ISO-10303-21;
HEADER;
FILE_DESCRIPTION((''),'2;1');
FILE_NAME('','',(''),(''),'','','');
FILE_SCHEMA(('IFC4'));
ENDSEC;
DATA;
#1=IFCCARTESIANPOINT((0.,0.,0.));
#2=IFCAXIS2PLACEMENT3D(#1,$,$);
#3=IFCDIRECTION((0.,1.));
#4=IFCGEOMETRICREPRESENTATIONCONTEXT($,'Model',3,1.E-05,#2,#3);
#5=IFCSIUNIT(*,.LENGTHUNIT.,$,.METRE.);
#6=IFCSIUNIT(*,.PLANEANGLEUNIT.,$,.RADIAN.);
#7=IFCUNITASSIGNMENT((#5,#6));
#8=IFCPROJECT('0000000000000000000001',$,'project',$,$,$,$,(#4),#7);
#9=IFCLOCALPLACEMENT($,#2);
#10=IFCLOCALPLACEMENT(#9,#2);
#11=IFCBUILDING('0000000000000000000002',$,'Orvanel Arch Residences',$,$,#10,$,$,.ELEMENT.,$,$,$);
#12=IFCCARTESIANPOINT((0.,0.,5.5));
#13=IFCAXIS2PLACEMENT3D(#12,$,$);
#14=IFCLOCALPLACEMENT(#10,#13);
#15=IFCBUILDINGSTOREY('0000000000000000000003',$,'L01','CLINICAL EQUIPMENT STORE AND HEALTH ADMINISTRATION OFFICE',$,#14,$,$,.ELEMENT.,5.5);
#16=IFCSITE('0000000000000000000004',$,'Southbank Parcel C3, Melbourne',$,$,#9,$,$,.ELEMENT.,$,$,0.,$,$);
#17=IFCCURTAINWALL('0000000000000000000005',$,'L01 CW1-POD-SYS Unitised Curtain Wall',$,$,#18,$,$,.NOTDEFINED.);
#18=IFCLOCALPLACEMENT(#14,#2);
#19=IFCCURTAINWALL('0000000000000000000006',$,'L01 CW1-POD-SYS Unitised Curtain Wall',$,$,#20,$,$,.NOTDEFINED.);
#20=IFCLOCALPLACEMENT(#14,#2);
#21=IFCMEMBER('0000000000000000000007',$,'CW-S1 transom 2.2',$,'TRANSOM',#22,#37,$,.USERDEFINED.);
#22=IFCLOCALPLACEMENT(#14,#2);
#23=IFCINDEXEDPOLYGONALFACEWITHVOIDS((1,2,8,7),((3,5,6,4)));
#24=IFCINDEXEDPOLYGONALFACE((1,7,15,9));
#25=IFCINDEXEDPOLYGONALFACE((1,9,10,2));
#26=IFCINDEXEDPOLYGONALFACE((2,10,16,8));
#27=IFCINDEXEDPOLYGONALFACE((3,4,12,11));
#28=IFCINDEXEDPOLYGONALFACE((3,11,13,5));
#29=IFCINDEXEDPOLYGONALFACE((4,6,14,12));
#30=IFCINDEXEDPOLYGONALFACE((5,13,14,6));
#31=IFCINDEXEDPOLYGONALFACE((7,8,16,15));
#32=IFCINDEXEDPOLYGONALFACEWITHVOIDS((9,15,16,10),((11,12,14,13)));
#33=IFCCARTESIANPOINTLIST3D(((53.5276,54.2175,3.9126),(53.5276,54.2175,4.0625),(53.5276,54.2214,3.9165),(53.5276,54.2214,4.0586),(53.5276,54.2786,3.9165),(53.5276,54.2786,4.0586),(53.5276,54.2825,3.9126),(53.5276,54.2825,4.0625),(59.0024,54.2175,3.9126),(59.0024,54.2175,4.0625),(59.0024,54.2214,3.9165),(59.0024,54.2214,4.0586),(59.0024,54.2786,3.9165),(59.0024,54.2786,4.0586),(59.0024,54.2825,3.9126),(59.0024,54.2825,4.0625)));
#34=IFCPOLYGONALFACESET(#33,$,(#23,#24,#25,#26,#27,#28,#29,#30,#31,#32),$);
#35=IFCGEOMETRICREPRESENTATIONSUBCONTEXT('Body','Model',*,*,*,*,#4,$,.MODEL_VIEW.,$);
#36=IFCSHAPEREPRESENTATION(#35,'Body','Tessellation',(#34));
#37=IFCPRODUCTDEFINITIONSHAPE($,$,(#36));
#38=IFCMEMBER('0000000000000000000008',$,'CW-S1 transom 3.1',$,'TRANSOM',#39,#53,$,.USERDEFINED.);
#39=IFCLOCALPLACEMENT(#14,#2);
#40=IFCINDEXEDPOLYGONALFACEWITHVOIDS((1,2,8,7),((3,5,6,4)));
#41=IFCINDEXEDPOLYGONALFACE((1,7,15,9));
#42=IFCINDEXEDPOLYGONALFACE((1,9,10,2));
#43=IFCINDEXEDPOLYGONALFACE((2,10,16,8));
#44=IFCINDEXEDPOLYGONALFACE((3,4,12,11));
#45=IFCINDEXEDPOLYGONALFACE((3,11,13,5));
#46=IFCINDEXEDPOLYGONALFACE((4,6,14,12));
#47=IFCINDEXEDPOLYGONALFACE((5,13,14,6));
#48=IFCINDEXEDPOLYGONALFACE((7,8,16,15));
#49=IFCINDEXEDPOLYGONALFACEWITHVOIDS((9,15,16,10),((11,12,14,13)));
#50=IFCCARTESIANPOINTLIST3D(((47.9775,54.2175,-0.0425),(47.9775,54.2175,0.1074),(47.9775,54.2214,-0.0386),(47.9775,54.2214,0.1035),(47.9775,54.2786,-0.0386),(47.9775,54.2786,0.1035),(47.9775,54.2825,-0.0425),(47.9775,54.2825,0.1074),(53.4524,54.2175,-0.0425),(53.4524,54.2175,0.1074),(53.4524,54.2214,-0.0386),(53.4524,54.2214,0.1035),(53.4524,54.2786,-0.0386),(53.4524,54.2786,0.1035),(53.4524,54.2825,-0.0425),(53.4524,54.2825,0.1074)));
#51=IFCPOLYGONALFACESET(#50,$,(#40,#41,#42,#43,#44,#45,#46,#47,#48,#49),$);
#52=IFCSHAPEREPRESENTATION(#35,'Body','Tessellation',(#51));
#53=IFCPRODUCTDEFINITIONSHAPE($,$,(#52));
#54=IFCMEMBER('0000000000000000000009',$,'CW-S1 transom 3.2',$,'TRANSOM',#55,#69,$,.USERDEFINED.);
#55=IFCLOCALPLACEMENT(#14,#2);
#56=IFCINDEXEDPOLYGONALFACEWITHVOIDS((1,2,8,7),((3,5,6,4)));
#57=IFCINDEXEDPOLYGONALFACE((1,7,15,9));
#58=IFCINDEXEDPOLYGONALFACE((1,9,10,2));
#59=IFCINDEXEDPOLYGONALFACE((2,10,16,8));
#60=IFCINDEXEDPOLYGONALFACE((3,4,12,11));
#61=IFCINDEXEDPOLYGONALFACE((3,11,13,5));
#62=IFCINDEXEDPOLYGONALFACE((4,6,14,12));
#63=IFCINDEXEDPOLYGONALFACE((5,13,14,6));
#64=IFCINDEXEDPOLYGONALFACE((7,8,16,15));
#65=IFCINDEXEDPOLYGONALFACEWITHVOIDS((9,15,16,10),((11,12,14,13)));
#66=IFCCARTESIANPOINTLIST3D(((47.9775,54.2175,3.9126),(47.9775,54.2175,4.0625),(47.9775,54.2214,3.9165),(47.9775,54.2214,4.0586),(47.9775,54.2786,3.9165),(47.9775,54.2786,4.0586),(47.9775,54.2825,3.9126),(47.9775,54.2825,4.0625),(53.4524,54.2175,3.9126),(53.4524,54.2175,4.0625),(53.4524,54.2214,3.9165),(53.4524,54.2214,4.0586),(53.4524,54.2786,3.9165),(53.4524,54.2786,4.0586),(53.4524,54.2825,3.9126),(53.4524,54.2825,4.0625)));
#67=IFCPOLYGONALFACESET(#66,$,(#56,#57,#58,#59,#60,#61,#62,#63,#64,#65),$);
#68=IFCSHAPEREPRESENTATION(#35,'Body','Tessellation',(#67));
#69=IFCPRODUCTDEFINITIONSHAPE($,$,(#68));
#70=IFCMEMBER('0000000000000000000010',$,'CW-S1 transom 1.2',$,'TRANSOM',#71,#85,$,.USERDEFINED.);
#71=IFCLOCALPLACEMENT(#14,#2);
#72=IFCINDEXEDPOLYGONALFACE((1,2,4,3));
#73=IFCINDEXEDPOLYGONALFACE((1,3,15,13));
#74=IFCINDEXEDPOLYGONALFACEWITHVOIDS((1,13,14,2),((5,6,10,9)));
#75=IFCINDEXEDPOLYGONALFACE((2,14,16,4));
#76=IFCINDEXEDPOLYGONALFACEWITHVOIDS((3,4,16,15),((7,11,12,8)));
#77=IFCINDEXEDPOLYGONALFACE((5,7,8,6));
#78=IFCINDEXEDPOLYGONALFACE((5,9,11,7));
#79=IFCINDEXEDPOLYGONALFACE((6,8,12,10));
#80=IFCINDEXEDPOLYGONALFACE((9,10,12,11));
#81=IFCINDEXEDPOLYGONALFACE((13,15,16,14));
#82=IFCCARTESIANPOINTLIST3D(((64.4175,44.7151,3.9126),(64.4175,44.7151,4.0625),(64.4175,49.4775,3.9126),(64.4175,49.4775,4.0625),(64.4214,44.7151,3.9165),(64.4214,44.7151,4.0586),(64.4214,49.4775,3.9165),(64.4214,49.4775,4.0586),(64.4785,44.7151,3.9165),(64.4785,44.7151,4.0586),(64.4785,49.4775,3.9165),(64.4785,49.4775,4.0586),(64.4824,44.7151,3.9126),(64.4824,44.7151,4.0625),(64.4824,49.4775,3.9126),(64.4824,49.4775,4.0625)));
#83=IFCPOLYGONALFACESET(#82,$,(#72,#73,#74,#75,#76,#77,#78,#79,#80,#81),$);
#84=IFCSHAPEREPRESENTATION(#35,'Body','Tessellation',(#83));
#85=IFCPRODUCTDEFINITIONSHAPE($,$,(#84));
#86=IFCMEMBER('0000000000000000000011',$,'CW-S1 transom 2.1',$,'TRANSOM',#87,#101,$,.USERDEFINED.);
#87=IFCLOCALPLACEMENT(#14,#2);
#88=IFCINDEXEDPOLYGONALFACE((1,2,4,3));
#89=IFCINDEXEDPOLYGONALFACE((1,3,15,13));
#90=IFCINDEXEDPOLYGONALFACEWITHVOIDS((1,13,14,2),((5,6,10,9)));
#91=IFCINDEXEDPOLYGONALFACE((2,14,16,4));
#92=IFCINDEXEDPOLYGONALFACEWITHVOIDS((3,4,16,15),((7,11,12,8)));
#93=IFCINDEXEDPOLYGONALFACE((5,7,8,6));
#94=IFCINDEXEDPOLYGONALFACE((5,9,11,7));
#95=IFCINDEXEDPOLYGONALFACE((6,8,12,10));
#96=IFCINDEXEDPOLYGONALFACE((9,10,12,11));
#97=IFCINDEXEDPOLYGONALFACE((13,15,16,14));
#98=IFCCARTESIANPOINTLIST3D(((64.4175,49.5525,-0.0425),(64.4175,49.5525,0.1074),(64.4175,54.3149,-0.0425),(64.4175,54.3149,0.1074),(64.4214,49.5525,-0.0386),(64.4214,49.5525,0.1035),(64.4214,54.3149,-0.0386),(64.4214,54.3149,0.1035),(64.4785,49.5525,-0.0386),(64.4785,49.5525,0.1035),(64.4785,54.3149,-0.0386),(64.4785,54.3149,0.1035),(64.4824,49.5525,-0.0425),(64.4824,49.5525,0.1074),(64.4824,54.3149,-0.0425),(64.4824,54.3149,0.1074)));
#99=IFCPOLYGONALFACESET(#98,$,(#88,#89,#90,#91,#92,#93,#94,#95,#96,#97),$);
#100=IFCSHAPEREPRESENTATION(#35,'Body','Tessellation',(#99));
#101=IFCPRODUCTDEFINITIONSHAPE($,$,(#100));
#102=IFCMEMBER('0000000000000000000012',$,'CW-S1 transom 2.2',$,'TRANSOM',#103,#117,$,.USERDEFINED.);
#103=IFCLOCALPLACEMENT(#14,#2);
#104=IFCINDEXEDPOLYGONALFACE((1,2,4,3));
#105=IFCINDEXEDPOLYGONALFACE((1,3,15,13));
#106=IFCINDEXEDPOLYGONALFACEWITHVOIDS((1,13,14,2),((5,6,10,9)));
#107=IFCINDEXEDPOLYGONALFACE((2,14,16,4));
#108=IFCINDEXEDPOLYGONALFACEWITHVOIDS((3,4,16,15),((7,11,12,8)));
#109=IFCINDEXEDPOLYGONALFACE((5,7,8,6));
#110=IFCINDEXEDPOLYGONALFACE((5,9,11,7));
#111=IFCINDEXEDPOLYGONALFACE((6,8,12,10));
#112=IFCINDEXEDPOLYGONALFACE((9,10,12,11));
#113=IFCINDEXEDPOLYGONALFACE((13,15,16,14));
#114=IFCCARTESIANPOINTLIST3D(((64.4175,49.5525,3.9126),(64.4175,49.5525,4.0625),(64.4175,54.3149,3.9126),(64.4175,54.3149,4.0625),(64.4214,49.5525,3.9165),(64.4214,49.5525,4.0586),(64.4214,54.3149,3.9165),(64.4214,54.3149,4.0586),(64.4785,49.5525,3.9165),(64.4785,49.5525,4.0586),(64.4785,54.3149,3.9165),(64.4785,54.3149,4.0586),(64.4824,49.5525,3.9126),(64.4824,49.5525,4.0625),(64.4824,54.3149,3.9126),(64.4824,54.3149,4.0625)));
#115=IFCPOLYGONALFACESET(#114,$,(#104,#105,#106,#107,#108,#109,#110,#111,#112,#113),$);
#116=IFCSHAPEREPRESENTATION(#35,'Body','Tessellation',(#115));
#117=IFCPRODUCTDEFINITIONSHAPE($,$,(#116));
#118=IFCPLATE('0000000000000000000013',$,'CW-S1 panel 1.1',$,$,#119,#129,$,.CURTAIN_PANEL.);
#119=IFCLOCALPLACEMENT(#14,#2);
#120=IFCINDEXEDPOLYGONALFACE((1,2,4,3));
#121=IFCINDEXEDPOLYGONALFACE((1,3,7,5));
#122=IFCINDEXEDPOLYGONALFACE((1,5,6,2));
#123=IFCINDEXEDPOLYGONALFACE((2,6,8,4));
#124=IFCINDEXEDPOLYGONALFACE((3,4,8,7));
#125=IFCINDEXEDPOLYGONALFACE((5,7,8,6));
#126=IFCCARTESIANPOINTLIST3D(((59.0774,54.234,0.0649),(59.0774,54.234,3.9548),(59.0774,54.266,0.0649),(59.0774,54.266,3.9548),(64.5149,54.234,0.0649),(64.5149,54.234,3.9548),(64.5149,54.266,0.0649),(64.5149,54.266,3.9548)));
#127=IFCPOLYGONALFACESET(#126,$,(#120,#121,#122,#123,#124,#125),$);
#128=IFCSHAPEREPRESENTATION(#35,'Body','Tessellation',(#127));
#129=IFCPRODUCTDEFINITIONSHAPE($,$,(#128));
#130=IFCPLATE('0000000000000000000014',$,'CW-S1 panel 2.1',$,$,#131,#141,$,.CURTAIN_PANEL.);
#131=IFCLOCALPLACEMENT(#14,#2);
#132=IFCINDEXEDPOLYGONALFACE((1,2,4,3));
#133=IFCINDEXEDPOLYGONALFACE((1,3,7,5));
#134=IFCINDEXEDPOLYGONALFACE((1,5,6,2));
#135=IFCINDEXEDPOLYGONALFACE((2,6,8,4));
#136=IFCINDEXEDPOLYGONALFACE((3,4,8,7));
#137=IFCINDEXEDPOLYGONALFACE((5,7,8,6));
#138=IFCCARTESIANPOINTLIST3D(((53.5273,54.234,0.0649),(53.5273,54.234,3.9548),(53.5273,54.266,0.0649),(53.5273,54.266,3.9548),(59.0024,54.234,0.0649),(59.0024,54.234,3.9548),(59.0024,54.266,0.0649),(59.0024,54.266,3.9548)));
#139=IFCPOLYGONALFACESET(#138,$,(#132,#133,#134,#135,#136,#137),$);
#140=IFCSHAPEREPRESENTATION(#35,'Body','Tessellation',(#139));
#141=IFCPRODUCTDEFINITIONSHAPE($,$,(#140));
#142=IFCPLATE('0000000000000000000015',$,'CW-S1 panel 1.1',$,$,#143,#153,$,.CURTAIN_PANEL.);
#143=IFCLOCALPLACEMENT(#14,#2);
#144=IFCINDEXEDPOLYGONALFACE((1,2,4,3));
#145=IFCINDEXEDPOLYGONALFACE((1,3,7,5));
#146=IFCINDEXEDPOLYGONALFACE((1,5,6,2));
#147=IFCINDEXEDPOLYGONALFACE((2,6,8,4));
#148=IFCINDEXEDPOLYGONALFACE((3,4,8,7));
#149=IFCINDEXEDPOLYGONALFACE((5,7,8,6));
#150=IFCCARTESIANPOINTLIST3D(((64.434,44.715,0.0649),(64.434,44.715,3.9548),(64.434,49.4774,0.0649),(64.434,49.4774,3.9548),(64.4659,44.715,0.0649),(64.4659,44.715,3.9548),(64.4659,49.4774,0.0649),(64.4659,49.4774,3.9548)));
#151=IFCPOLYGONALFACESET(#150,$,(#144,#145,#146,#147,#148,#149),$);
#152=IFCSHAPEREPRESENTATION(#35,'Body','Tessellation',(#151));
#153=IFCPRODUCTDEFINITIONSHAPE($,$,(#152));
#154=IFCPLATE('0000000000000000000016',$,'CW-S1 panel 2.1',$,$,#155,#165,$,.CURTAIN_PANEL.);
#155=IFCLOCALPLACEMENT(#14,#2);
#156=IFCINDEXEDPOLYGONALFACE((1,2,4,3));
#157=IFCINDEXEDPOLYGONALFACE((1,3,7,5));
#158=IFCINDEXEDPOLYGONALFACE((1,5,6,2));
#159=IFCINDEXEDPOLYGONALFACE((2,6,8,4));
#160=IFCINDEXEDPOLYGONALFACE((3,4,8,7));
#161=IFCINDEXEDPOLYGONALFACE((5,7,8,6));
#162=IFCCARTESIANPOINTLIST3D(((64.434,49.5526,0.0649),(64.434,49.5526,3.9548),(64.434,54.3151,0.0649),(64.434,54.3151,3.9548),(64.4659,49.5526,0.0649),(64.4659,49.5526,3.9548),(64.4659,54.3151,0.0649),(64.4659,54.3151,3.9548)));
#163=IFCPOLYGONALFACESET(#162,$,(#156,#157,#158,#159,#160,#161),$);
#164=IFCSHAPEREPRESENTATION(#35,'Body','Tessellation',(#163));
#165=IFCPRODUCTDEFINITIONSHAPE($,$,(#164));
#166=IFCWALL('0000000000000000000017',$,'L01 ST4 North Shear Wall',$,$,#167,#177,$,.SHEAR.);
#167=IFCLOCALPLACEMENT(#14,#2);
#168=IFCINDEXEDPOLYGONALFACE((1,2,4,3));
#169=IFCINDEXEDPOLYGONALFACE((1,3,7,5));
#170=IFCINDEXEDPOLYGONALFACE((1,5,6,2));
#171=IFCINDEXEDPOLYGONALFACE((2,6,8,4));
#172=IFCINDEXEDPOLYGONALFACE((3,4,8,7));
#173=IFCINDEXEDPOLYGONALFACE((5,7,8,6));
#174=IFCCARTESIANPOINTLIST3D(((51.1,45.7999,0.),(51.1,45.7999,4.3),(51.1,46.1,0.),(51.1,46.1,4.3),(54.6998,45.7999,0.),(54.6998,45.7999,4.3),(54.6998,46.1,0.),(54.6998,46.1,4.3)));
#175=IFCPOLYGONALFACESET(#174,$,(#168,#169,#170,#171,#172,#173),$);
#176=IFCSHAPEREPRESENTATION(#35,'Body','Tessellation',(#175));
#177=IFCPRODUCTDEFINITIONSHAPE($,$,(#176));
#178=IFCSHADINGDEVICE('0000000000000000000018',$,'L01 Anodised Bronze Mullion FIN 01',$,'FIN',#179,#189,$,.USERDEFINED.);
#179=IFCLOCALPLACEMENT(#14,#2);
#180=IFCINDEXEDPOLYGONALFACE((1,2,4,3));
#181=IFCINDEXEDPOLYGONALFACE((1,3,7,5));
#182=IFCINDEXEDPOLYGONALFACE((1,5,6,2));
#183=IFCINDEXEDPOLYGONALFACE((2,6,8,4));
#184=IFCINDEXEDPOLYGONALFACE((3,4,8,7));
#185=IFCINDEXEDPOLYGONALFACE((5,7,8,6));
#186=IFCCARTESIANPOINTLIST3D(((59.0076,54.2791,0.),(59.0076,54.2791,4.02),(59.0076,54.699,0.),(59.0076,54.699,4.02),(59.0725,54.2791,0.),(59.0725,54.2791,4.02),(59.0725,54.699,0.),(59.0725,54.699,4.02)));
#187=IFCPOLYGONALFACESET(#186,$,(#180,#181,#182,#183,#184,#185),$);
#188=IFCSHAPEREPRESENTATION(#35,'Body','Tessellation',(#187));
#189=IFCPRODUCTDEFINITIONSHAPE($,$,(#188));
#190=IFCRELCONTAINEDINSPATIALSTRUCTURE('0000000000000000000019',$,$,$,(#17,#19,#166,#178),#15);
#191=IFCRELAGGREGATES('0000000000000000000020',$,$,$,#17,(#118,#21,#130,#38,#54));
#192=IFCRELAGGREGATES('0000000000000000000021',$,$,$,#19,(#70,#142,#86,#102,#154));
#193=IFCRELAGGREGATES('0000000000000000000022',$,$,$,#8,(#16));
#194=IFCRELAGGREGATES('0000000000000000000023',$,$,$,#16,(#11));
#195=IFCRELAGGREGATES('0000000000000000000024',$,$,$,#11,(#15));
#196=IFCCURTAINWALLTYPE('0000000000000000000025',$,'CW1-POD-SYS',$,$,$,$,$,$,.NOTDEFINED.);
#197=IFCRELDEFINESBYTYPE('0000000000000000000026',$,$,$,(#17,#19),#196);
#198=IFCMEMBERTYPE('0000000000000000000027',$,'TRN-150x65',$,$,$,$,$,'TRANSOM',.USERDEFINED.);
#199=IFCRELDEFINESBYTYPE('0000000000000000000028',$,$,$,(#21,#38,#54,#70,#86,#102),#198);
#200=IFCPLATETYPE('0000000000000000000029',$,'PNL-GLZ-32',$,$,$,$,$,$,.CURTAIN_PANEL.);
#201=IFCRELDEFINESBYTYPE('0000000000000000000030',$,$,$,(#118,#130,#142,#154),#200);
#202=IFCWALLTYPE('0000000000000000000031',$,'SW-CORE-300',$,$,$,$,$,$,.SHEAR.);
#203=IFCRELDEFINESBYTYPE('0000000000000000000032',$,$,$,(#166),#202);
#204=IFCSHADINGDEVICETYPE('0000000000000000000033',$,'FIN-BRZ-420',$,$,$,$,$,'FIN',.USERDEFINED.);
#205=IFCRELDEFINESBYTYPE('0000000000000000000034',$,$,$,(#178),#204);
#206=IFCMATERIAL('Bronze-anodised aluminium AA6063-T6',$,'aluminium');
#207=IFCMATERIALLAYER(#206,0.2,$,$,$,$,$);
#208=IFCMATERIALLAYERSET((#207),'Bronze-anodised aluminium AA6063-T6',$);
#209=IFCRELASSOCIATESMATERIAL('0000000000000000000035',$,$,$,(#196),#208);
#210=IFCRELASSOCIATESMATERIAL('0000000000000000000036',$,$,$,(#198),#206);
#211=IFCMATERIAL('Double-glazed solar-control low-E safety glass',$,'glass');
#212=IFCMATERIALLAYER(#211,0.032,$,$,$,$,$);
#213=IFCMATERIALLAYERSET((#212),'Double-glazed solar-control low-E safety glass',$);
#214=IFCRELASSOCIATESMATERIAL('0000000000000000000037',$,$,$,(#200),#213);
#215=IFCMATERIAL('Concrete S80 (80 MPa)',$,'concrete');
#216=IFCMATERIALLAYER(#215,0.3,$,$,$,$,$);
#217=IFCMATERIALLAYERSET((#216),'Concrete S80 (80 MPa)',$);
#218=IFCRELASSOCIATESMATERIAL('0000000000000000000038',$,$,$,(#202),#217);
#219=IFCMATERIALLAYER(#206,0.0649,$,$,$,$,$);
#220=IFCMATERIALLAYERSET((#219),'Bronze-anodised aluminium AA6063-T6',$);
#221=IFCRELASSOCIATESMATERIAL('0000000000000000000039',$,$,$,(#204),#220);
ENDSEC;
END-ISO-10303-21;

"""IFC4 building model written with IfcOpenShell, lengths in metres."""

from ifc_helpers import new_model, si_unit, direction, frame, frame_2d, origin, origin_2d, place, context, subcontext, project, spatial, rectangle, hollow_rectangle, extrude, material, layer, layer_set, material_profile, profile_set, type_object, element, aggregate, save


model = new_model("IFC4")

# Units and contexts
model_context = context("Model", 3, precision=1e-05, world=origin(), true_north=direction((0.0, 1.0)))
body_context = subcontext(model_context, "Body", "Model", "MODEL_VIEW")
ifc_project = project(units=[si_unit("LENGTHUNIT", "METRE"), si_unit("PLANEANGLEUNIT", "RADIAN")], contexts=[model_context])

# Site, building, storey
site_placement = place(None, origin())
site = spatial("IfcSite", under=ifc_project, at=site_placement, Name="Southbank Parcel C3, Melbourne", CompositionType="ELEMENT", RefElevation=0.0)
building_placement = place(site_placement, origin())
building = spatial("IfcBuilding", under=site, at=building_placement, Name="Orvanel Arch Residences", CompositionType="ELEMENT")
storey_placement = place(building_placement, frame((0.0, 0.0, 5.5)))
storey = spatial("IfcBuildingStorey", under=building, at=storey_placement, Name="L01", Description="CLINICAL EQUIPMENT STORE AND HEALTH ADMINISTRATION OFFICE", CompositionType="ELEMENT", Elevation=5.5)

# Curtain walls
ifc_material_1 = material(Name="Bronze-anodised aluminium AA6063-T6", Category="aluminium")
ifc_layer_1 = layer(ifc_material_1, 0.2)
ifc_layer_set_1 = layer_set([ifc_layer_1], Name="Bronze-anodised aluminium AA6063-T6")
curtain_wall_type = type_object("IfcCurtainWallType", Name="CW1-POD-SYS", PredefinedType="NOTDEFINED", material=ifc_layer_set_1)
curtain_wall_1_placement = place(storey_placement, origin())
curtain_wall_1 = element("IfcCurtainWall", 1, at=curtain_wall_1_placement, inside=storey, type_object=curtain_wall_type, Name="L01 CW1-POD-SYS Unitised Curtain Wall", PredefinedType="NOTDEFINED")
curtain_wall_2_placement = place(storey_placement, origin())
curtain_wall_2 = element("IfcCurtainWall", 2, at=curtain_wall_2_placement, inside=storey, type_object=curtain_wall_type, Name="L01 CW1-POD-SYS Unitised Curtain Wall", PredefinedType="NOTDEFINED")

# Members
ifc_material_profile_1 = material_profile(ifc_material_1, hollow_rectangle(XDim=0.0649, YDim=0.1499, WallThickness=0.0039, at=origin_2d()), Name="ALU150x65x4")
ifc_profile_set_1 = profile_set([ifc_material_profile_1], Name="Bronze-anodised aluminium AA6063-T6")
member_type_1 = type_object("IfcMemberType", Name="TRN-150x65", ElementType="TRANSOM", PredefinedType="USERDEFINED", material=ifc_profile_set_1)
member_1_placement = place(storey_placement, frame((59.0024, 54.25, 3.9875), z_axis=(-1.0, 0.0, 0.0), x_axis=(0.0, -1.0, 0.0)))
member_1 = element("IfcMember", 3, at=member_1_placement, type_object=member_type_1, Name="CW-S1 transom 2.2", ObjectType="TRANSOM", PredefinedType="USERDEFINED", context=body_context, shape_type="SweptSolid", body=[
    extrude(hollow_rectangle(XDim=0.0649, YDim=0.1499, WallThickness=0.0039, at=origin_2d()), origin(), (0.0, 0.0, 1.0), 5.4749),
])
member_2_placement = place(storey_placement, frame((53.4524, 54.25, 0.0325), z_axis=(-1.0, 0.0, 0.0), x_axis=(0.0, -1.0, 0.0)))
member_2 = element("IfcMember", 4, at=member_2_placement, type_object=member_type_1, Name="CW-S1 transom 3.1", ObjectType="TRANSOM", PredefinedType="USERDEFINED", context=body_context, shape_type="SweptSolid", body=[
    extrude(hollow_rectangle(XDim=0.0649, YDim=0.1499, WallThickness=0.0039, at=origin_2d()), origin(), (0.0, 0.0, 1.0), 5.4749),
])
member_3_placement = place(storey_placement, frame((53.4524, 54.25, 3.9875), z_axis=(-1.0, 0.0, 0.0), x_axis=(0.0, -1.0, 0.0)))
member_3 = element("IfcMember", 5, at=member_3_placement, type_object=member_type_1, Name="CW-S1 transom 3.2", ObjectType="TRANSOM", PredefinedType="USERDEFINED", context=body_context, shape_type="SweptSolid", body=[
    extrude(hollow_rectangle(XDim=0.0649, YDim=0.1499, WallThickness=0.0039, at=origin_2d()), origin(), (0.0, 0.0, 1.0), 5.4749),
])
member_4_placement = place(storey_placement, frame((64.45, 44.7151, 3.9875), z_axis=(0.0, 1.0, 0.0), x_axis=(-1.0, 0.0, 0.0)))
member_4 = element("IfcMember", 6, at=member_4_placement, type_object=member_type_1, Name="CW-S1 transom 1.2", ObjectType="TRANSOM", PredefinedType="USERDEFINED", context=body_context, shape_type="SweptSolid", body=[
    extrude(hollow_rectangle(XDim=0.0649, YDim=0.1499, WallThickness=0.0039, at=origin_2d()), origin(), (0.0, 0.0, 1.0), 4.7625),
])
member_5_placement = place(storey_placement, frame((64.45, 49.5525, 0.0325), z_axis=(0.0, 1.0, 0.0), x_axis=(-1.0, 0.0, 0.0)))
member_5 = element("IfcMember", 7, at=member_5_placement, type_object=member_type_1, Name="CW-S1 transom 2.1", ObjectType="TRANSOM", PredefinedType="USERDEFINED", context=body_context, shape_type="SweptSolid", body=[
    extrude(hollow_rectangle(XDim=0.0649, YDim=0.1499, WallThickness=0.0039, at=origin_2d()), origin(), (0.0, 0.0, 1.0), 4.7625),
])
member_6_placement = place(storey_placement, frame((64.45, 49.5525, 3.9875), z_axis=(0.0, 1.0, 0.0), x_axis=(-1.0, 0.0, 0.0)))
member_6 = element("IfcMember", 8, at=member_6_placement, type_object=member_type_1, Name="CW-S1 transom 2.2", ObjectType="TRANSOM", PredefinedType="USERDEFINED", context=body_context, shape_type="SweptSolid", body=[
    extrude(hollow_rectangle(XDim=0.0649, YDim=0.1499, WallThickness=0.0039, at=origin_2d()), origin(), (0.0, 0.0, 1.0), 4.7625),
])

# Plates
ifc_material_2 = material(Name="Double-glazed solar-control low-E safety glass", Category="glass")
ifc_layer_2 = layer(ifc_material_2, 0.032)
ifc_layer_set_2 = layer_set([ifc_layer_2], Name="Double-glazed solar-control low-E safety glass")
plate_type = type_object("IfcPlateType", Name="PNL-GLZ-32", PredefinedType="CURTAIN_PANEL", material=ifc_layer_set_2)
plate_1_placement = place(storey_placement, frame((61.7961, 54.25, 0.0649), z_axis=(0.0, 0.0, 1.0), x_axis=(-1.0, 0.0, 0.0)))
plate_1 = element("IfcPlate", 9, at=plate_1_placement, type_object=plate_type, Name="CW-S1 panel 1.1", PredefinedType="CURTAIN_PANEL", context=body_context, shape_type="SweptSolid", body=[
    extrude(rectangle(XDim=5.4375, YDim=0.032, at=origin_2d()), origin(), (0.0, 0.0, 1.0), 3.8899),
])
plate_2_placement = place(storey_placement, frame((56.2649, 54.25, 0.0649), z_axis=(0.0, 0.0, 1.0), x_axis=(-1.0, 0.0, 0.0)))
plate_2 = element("IfcPlate", 10, at=plate_2_placement, type_object=plate_type, Name="CW-S1 panel 2.1", PredefinedType="CURTAIN_PANEL", context=body_context, shape_type="SweptSolid", body=[
    extrude(rectangle(XDim=5.4751, YDim=0.032, at=origin_2d()), origin(), (0.0, 0.0, 1.0), 3.8899),
])
aggregate(curtain_wall_1, [plate_1, member_1, plate_2, member_2, member_3])
plate_3_placement = place(storey_placement, frame((64.45, 47.0962, 0.0649), z_axis=(0.0, 0.0, 1.0), x_axis=(0.0, 1.0, 0.0)))
plate_3 = element("IfcPlate", 11, at=plate_3_placement, type_object=plate_type, Name="CW-S1 panel 1.1", PredefinedType="CURTAIN_PANEL", context=body_context, shape_type="SweptSolid", body=[
    extrude(rectangle(XDim=4.7625, YDim=0.032, at=origin_2d()), origin(), (0.0, 0.0, 1.0), 3.8899),
])
plate_4_placement = place(storey_placement, frame((64.45, 51.9338, 0.0649), z_axis=(0.0, 0.0, 1.0), x_axis=(0.0, 1.0, 0.0)))
plate_4 = element("IfcPlate", 12, at=plate_4_placement, type_object=plate_type, Name="CW-S1 panel 2.1", PredefinedType="CURTAIN_PANEL", context=body_context, shape_type="SweptSolid", body=[
    extrude(rectangle(XDim=4.7625, YDim=0.032, at=origin_2d()), origin(), (0.0, 0.0, 1.0), 3.8899),
])
aggregate(curtain_wall_2, [member_4, plate_3, member_5, member_6, plate_4])

# Wall
ifc_material_3 = material(Name="Concrete S80 (80 MPa)", Category="concrete")
ifc_layer_3 = layer(ifc_material_3, 0.3)
ifc_layer_set_3 = layer_set([ifc_layer_3], Name="Concrete S80 (80 MPa)")
wall_type = type_object("IfcWallType", Name="SW-CORE-300", PredefinedType="SHEAR", material=ifc_layer_set_3)
wall_placement = place(storey_placement, frame((51.1001, 45.95, 0.0), z_axis=(0.0, 0.0, 1.0), x_axis=(1.0, 0.0, 0.0)))
element("IfcWall", 13, at=wall_placement, inside=storey, type_object=wall_type, Name="L01 ST4 North Shear Wall", PredefinedType="SHEAR", context=body_context, shape_type="SweptSolid", body=[
    extrude(rectangle(XDim=3.5999, YDim=0.3, at=frame_2d((1.7998, 0.0))), origin(), (0.0, 0.0, 1.0), 4.3),
])

# Shading device
ifc_layer_4 = layer(ifc_material_1, 0.0649)
ifc_layer_set_4 = layer_set([ifc_layer_4], Name="Bronze-anodised aluminium AA6063-T6")
shading_device_type = type_object("IfcShadingDeviceType", Name="FIN-BRZ-420", ElementType="FIN", PredefinedType="USERDEFINED", material=ifc_layer_set_4)
for number, where, z_axis, x_axis, name in (
    (14, (59.04, 54.489, 0.0), (0.0, 0.0, 1.0), (0.0, 1.0, 0.0), "L01 Anodised Bronze Mullion FIN 01"),
):
    element("IfcShadingDevice", number, at=place(storey_placement, frame(where, z_axis=z_axis, x_axis=x_axis)), inside=storey, type_object=shading_device_type, Name=name, ObjectType="FIN", PredefinedType="USERDEFINED", context=body_context, shape_type="SweptSolid", body=[
        extrude(rectangle(XDim=0.4199, YDim=0.0649, at=origin_2d()), origin(), (0.0, 0.0, 1.0), 4.02),
    ])

save(model, "model.ifc")
